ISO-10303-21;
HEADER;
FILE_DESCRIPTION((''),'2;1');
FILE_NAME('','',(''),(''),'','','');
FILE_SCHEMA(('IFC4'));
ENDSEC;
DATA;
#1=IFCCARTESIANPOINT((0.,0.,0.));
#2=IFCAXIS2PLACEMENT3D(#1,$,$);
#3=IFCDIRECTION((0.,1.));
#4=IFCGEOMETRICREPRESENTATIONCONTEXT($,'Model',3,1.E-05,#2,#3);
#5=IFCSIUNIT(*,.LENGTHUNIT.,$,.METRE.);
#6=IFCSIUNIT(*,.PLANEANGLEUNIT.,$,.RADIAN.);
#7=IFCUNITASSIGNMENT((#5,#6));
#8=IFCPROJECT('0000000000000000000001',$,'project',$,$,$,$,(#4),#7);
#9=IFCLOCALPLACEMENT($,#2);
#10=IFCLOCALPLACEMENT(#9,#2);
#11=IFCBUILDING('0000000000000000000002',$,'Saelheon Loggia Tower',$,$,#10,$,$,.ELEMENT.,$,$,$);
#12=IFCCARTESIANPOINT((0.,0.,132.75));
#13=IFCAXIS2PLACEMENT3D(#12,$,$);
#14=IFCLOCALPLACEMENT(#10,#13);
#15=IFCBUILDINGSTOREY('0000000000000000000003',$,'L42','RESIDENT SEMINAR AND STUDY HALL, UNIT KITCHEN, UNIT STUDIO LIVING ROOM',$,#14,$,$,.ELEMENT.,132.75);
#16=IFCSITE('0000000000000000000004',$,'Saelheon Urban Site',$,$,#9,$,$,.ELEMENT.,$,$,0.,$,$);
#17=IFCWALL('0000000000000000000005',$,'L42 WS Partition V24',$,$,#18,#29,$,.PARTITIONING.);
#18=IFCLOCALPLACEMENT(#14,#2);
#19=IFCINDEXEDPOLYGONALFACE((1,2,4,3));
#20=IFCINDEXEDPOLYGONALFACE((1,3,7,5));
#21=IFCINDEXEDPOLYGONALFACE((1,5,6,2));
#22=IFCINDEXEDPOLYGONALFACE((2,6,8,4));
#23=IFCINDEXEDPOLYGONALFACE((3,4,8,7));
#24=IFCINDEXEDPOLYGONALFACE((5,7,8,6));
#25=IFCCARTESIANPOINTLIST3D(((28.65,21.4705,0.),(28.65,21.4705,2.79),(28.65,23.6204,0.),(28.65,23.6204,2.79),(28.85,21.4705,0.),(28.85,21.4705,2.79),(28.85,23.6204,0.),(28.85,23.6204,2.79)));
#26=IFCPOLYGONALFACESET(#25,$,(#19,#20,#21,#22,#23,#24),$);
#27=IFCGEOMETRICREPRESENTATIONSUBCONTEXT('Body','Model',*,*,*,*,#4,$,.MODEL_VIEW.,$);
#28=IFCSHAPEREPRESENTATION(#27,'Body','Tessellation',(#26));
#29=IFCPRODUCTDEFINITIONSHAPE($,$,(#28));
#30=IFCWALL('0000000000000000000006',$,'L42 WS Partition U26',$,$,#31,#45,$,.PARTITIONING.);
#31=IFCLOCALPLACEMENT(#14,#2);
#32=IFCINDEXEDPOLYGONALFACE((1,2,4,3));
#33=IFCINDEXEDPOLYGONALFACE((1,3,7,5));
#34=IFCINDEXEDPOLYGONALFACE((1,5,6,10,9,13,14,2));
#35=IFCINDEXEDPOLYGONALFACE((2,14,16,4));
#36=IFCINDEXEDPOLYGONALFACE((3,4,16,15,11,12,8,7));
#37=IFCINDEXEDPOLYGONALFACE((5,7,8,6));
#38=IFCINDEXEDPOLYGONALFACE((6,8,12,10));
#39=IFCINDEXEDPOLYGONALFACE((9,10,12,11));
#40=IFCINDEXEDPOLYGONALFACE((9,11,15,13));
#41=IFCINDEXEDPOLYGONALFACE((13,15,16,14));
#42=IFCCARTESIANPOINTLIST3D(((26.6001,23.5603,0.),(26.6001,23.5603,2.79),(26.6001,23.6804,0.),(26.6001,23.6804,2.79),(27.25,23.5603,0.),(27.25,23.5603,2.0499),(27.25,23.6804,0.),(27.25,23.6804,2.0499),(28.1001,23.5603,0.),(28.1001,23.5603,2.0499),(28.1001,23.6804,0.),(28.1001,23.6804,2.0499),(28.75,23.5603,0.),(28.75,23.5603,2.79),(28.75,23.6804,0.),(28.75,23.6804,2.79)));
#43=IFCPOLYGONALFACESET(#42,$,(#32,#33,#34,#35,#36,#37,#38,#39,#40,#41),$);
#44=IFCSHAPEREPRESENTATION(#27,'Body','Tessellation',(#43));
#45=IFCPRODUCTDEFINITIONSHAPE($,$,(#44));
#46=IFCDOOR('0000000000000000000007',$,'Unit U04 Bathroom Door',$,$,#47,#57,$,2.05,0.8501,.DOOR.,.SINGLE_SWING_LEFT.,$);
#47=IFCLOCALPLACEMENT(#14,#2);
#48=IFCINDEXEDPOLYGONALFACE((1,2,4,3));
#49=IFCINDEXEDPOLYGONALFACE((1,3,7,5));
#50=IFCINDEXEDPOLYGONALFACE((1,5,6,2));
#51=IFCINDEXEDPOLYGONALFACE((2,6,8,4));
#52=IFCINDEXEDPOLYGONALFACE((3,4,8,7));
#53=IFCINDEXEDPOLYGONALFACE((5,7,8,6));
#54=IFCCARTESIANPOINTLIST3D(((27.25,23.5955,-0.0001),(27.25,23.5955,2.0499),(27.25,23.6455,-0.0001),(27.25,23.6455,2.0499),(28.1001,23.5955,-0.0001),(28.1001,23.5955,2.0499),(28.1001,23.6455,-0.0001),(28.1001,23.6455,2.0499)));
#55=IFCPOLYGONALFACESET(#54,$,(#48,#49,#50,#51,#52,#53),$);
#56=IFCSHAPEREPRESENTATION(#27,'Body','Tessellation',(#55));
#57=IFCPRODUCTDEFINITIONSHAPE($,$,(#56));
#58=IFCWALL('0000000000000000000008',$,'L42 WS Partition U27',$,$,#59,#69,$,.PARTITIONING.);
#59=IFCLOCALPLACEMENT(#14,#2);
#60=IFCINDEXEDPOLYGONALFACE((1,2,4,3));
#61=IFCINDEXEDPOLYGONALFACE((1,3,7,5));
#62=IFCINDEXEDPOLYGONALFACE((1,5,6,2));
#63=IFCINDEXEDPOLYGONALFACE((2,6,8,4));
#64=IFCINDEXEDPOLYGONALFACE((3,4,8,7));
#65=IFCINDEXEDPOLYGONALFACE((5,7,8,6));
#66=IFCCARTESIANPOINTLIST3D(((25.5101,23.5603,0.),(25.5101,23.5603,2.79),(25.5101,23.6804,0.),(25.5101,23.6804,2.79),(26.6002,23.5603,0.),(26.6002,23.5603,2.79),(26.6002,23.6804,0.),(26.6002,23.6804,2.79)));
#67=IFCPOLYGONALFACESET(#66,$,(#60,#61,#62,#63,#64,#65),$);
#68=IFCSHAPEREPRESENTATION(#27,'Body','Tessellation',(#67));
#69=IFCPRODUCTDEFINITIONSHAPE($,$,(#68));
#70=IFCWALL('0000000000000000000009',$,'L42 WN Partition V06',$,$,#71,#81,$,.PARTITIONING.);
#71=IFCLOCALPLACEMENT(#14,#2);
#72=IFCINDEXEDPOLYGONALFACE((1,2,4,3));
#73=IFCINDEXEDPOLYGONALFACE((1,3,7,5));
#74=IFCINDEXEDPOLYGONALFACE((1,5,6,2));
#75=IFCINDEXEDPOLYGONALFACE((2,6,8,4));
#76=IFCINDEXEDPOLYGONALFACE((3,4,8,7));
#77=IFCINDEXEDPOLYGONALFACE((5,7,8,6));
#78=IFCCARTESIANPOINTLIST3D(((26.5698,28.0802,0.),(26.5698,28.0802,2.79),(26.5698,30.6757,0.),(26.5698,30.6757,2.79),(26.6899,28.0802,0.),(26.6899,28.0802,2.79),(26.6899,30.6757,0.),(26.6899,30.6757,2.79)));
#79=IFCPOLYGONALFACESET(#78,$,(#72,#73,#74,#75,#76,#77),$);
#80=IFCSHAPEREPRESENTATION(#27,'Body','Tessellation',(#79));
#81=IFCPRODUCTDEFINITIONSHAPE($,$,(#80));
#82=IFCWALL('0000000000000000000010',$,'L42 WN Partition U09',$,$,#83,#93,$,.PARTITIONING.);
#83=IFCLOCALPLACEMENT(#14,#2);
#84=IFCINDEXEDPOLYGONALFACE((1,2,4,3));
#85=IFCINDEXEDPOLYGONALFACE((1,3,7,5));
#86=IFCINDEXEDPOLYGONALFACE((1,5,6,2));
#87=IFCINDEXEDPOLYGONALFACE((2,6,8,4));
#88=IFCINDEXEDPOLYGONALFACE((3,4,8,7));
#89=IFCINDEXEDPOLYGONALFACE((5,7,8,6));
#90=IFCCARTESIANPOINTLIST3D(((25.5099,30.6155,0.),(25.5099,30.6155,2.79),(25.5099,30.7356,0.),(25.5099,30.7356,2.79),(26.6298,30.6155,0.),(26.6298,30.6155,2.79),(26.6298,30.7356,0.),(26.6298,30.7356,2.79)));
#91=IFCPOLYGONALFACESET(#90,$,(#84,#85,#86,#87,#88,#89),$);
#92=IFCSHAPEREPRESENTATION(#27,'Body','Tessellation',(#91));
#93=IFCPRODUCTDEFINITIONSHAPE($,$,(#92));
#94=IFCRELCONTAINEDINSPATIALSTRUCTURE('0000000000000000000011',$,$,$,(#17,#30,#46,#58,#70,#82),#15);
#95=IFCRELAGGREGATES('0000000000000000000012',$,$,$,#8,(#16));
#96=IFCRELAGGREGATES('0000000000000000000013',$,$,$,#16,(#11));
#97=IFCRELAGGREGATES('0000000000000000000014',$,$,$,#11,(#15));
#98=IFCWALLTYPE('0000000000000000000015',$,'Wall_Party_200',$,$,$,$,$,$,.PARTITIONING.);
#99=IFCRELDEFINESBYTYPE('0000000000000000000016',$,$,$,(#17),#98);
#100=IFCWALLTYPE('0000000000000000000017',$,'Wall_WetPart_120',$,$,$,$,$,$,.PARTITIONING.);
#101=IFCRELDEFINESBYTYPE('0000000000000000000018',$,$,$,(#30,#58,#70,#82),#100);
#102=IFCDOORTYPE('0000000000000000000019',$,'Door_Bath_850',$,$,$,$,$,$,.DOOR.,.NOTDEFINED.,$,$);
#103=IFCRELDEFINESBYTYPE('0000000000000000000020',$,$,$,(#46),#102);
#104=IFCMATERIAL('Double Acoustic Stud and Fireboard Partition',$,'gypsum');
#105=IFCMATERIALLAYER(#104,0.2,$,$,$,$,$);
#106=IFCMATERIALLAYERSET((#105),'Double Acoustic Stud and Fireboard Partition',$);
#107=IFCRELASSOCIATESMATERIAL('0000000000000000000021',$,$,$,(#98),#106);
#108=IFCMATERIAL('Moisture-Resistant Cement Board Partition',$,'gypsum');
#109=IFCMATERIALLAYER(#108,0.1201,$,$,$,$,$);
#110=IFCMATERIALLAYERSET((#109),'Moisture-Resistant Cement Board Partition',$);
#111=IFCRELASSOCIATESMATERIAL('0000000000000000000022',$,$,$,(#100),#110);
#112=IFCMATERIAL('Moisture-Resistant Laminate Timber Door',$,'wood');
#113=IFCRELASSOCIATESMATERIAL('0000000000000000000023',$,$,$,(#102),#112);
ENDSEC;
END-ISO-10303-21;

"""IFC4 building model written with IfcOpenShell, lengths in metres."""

from ifc_helpers import new_model, si_unit, direction, frame, frame_2d, origin, place, context, subcontext, project, spatial, rectangle, extrude, source, transform, mapped, material, layer, layer_set, type_object, element, fill, save


model = new_model("IFC4")

# Units and contexts
model_context = context("Model", 3, precision=1e-05, world=origin(), true_north=direction((0.0, 1.0)))
body_context = subcontext(model_context, "Body", "Model", "MODEL_VIEW")
ifc_project = project(units=[si_unit("LENGTHUNIT", "METRE"), si_unit("PLANEANGLEUNIT", "RADIAN")], contexts=[model_context])

# Site, building, storey
site_placement = place(None, origin())
site = spatial("IfcSite", under=ifc_project, at=site_placement, Name="Saelheon Urban Site", CompositionType="ELEMENT", RefElevation=0.0)
building_placement = place(site_placement, origin())
building = spatial("IfcBuilding", under=site, at=building_placement, Name="Saelheon Loggia Tower", CompositionType="ELEMENT")
storey_placement = place(building_placement, frame((0.0, 0.0, 132.75)))
storey = spatial("IfcBuildingStorey", under=building, at=storey_placement, Name="L42", Description="RESIDENT SEMINAR AND STUDY HALL, UNIT KITCHEN, UNIT STUDIO LIVING ROOM", CompositionType="ELEMENT", Elevation=132.75)

# Wall
ifc_material_1 = material(Name="Double Acoustic Stud and Fireboard Partition", Category="gypsum")
ifc_layer_1 = layer(ifc_material_1, 0.2)
ifc_layer_set_1 = layer_set([ifc_layer_1], Name="Double Acoustic Stud and Fireboard Partition")
wall_type_1 = type_object("IfcWallType", Name="Wall_Party_200", PredefinedType="PARTITIONING", material=ifc_layer_set_1)
wall_1_placement = place(storey_placement, frame((28.75, 21.4705, 0.0), z_axis=(0.0, 0.0, 1.0), x_axis=(0.0, 1.0, 0.0)))
element("IfcWall", 1, at=wall_1_placement, inside=storey, type_object=wall_type_1, Name="L42 WS Partition V24", PredefinedType="PARTITIONING", context=body_context, shape_type="SweptSolid", body=[
    extrude(rectangle(XDim=2.1499, YDim=0.2, at=frame_2d((1.075, 0.0))), origin(), (0.0, 0.0, 1.0), 2.79),
])

# Wall, opening, door
ifc_material_2 = material(Name="Moisture-Resistant Cement Board Partition", Category="gypsum")
ifc_layer_2 = layer(ifc_material_2, 0.1201)
ifc_layer_set_2 = layer_set([ifc_layer_2], Name="Moisture-Resistant Cement Board Partition")
wall_type_2 = type_object("IfcWallType", Name="Wall_WetPart_120", PredefinedType="PARTITIONING", material=ifc_layer_set_2)
wall_2_placement = place(storey_placement, frame((28.75, 23.6204, 0.0), z_axis=(0.0, 0.0, 1.0), x_axis=(-1.0, 0.0, 0.0)))
wall_2 = element("IfcWall", 2, at=wall_2_placement, inside=storey, type_object=wall_type_2, Name="L42 WS Partition U26", PredefinedType="PARTITIONING", context=body_context, shape_type="SweptSolid", body=[
    extrude(rectangle(XDim=2.1499, YDim=0.1201, at=frame_2d((1.075, 0.0))), origin(), (0.0, 0.0, 1.0), 2.79),
])
opening_1_placement = place(wall_2_placement, frame((0.6499, 0.0, 0.0)))
opening_1 = element("IfcOpeningElement", 3, at=opening_1_placement, cuts=wall_2, PredefinedType="OPENING", context=body_context, shape_type="SweptSolid", body=[
    extrude(rectangle(XDim=0.8501, YDim=2.05, at=frame_2d((0.425, 1.0249))), frame((0.0, 0.072, 0.0), z_axis=(0.0, -1.0, 0.0), x_axis=(1.0, 0.0, 0.0)), (0.0, 0.0, 1.0), 0.144),
])
ifc_material_3 = material(Name="Moisture-Resistant Laminate Timber Door", Category="wood")
door_type_1 = type_object("IfcDoorType", Name="Door_Bath_850", OperationType="NOTDEFINED", PredefinedType="DOOR", material=ifc_material_3)
shared_shape_1 = source(origin(), body_context, "Body", "SweptSolid", [
    extrude(rectangle(XDim=0.8501, YDim=2.05, at=frame_2d((0.425, 1.0249))), frame((0.0, 0.0249, 0.0), z_axis=(0.0, -1.0, 0.0), x_axis=(1.0, 0.0, 0.0)), (0.0, 0.0, 1.0), 0.05),
])
door_1_placement = place(opening_1_placement, origin())
door_1 = element("IfcDoor", 4, at=door_1_placement, inside=storey, type_object=door_type_1, Name="Unit U04 Bathroom Door", OperationType="SINGLE_SWING_LEFT", OverallHeight=2.05, OverallWidth=0.8501, PredefinedType="DOOR", context=body_context, shape_type="MappedRepresentation", body=[
    mapped(shared_shape_1, transform((0.0, 0.0, 0.0), scale=1.0)),
])
fill(opening_1, door_1)

# Walls
wall_3_placement = place(storey_placement, frame((26.6001, 23.6204, 0.0), z_axis=(0.0, 0.0, 1.0), x_axis=(-1.0, 0.0, 0.0)))
element("IfcWall", 5, at=wall_3_placement, inside=storey, type_object=wall_type_2, Name="L42 WS Partition U27", PredefinedType="PARTITIONING", context=body_context, shape_type="SweptSolid", body=[
    extrude(rectangle(XDim=1.0901, YDim=0.1201, at=frame_2d((0.5449, 0.0))), origin(), (0.0, 0.0, 1.0), 2.79),
])
wall_4_placement = place(storey_placement, frame((26.6299, 28.0801, 0.0), z_axis=(0.0, 0.0, 1.0), x_axis=(0.0, 1.0, 0.0)))
element("IfcWall", 6, at=wall_4_placement, inside=storey, type_object=wall_type_2, Name="L42 WN Partition V06", PredefinedType="PARTITIONING", context=body_context, shape_type="SweptSolid", body=[
    extrude(rectangle(XDim=2.5955, YDim=0.1201, at=frame_2d((1.2979, 0.0))), origin(), (0.0, 0.0, 1.0), 2.79),
])
wall_5_placement = place(storey_placement, frame((26.6299, 30.6755, 0.0), z_axis=(0.0, 0.0, 1.0), x_axis=(-1.0, 0.0, 0.0)))
element("IfcWall", 7, at=wall_5_placement, inside=storey, type_object=wall_type_2, Name="L42 WN Partition U09", PredefinedType="PARTITIONING", context=body_context, shape_type="SweptSolid", body=[
    extrude(rectangle(XDim=1.1199, YDim=0.1201, at=frame_2d((0.5601, 0.0))), origin(), (0.0, 0.0, 1.0), 2.79),
])

save(model, "model.ifc")
